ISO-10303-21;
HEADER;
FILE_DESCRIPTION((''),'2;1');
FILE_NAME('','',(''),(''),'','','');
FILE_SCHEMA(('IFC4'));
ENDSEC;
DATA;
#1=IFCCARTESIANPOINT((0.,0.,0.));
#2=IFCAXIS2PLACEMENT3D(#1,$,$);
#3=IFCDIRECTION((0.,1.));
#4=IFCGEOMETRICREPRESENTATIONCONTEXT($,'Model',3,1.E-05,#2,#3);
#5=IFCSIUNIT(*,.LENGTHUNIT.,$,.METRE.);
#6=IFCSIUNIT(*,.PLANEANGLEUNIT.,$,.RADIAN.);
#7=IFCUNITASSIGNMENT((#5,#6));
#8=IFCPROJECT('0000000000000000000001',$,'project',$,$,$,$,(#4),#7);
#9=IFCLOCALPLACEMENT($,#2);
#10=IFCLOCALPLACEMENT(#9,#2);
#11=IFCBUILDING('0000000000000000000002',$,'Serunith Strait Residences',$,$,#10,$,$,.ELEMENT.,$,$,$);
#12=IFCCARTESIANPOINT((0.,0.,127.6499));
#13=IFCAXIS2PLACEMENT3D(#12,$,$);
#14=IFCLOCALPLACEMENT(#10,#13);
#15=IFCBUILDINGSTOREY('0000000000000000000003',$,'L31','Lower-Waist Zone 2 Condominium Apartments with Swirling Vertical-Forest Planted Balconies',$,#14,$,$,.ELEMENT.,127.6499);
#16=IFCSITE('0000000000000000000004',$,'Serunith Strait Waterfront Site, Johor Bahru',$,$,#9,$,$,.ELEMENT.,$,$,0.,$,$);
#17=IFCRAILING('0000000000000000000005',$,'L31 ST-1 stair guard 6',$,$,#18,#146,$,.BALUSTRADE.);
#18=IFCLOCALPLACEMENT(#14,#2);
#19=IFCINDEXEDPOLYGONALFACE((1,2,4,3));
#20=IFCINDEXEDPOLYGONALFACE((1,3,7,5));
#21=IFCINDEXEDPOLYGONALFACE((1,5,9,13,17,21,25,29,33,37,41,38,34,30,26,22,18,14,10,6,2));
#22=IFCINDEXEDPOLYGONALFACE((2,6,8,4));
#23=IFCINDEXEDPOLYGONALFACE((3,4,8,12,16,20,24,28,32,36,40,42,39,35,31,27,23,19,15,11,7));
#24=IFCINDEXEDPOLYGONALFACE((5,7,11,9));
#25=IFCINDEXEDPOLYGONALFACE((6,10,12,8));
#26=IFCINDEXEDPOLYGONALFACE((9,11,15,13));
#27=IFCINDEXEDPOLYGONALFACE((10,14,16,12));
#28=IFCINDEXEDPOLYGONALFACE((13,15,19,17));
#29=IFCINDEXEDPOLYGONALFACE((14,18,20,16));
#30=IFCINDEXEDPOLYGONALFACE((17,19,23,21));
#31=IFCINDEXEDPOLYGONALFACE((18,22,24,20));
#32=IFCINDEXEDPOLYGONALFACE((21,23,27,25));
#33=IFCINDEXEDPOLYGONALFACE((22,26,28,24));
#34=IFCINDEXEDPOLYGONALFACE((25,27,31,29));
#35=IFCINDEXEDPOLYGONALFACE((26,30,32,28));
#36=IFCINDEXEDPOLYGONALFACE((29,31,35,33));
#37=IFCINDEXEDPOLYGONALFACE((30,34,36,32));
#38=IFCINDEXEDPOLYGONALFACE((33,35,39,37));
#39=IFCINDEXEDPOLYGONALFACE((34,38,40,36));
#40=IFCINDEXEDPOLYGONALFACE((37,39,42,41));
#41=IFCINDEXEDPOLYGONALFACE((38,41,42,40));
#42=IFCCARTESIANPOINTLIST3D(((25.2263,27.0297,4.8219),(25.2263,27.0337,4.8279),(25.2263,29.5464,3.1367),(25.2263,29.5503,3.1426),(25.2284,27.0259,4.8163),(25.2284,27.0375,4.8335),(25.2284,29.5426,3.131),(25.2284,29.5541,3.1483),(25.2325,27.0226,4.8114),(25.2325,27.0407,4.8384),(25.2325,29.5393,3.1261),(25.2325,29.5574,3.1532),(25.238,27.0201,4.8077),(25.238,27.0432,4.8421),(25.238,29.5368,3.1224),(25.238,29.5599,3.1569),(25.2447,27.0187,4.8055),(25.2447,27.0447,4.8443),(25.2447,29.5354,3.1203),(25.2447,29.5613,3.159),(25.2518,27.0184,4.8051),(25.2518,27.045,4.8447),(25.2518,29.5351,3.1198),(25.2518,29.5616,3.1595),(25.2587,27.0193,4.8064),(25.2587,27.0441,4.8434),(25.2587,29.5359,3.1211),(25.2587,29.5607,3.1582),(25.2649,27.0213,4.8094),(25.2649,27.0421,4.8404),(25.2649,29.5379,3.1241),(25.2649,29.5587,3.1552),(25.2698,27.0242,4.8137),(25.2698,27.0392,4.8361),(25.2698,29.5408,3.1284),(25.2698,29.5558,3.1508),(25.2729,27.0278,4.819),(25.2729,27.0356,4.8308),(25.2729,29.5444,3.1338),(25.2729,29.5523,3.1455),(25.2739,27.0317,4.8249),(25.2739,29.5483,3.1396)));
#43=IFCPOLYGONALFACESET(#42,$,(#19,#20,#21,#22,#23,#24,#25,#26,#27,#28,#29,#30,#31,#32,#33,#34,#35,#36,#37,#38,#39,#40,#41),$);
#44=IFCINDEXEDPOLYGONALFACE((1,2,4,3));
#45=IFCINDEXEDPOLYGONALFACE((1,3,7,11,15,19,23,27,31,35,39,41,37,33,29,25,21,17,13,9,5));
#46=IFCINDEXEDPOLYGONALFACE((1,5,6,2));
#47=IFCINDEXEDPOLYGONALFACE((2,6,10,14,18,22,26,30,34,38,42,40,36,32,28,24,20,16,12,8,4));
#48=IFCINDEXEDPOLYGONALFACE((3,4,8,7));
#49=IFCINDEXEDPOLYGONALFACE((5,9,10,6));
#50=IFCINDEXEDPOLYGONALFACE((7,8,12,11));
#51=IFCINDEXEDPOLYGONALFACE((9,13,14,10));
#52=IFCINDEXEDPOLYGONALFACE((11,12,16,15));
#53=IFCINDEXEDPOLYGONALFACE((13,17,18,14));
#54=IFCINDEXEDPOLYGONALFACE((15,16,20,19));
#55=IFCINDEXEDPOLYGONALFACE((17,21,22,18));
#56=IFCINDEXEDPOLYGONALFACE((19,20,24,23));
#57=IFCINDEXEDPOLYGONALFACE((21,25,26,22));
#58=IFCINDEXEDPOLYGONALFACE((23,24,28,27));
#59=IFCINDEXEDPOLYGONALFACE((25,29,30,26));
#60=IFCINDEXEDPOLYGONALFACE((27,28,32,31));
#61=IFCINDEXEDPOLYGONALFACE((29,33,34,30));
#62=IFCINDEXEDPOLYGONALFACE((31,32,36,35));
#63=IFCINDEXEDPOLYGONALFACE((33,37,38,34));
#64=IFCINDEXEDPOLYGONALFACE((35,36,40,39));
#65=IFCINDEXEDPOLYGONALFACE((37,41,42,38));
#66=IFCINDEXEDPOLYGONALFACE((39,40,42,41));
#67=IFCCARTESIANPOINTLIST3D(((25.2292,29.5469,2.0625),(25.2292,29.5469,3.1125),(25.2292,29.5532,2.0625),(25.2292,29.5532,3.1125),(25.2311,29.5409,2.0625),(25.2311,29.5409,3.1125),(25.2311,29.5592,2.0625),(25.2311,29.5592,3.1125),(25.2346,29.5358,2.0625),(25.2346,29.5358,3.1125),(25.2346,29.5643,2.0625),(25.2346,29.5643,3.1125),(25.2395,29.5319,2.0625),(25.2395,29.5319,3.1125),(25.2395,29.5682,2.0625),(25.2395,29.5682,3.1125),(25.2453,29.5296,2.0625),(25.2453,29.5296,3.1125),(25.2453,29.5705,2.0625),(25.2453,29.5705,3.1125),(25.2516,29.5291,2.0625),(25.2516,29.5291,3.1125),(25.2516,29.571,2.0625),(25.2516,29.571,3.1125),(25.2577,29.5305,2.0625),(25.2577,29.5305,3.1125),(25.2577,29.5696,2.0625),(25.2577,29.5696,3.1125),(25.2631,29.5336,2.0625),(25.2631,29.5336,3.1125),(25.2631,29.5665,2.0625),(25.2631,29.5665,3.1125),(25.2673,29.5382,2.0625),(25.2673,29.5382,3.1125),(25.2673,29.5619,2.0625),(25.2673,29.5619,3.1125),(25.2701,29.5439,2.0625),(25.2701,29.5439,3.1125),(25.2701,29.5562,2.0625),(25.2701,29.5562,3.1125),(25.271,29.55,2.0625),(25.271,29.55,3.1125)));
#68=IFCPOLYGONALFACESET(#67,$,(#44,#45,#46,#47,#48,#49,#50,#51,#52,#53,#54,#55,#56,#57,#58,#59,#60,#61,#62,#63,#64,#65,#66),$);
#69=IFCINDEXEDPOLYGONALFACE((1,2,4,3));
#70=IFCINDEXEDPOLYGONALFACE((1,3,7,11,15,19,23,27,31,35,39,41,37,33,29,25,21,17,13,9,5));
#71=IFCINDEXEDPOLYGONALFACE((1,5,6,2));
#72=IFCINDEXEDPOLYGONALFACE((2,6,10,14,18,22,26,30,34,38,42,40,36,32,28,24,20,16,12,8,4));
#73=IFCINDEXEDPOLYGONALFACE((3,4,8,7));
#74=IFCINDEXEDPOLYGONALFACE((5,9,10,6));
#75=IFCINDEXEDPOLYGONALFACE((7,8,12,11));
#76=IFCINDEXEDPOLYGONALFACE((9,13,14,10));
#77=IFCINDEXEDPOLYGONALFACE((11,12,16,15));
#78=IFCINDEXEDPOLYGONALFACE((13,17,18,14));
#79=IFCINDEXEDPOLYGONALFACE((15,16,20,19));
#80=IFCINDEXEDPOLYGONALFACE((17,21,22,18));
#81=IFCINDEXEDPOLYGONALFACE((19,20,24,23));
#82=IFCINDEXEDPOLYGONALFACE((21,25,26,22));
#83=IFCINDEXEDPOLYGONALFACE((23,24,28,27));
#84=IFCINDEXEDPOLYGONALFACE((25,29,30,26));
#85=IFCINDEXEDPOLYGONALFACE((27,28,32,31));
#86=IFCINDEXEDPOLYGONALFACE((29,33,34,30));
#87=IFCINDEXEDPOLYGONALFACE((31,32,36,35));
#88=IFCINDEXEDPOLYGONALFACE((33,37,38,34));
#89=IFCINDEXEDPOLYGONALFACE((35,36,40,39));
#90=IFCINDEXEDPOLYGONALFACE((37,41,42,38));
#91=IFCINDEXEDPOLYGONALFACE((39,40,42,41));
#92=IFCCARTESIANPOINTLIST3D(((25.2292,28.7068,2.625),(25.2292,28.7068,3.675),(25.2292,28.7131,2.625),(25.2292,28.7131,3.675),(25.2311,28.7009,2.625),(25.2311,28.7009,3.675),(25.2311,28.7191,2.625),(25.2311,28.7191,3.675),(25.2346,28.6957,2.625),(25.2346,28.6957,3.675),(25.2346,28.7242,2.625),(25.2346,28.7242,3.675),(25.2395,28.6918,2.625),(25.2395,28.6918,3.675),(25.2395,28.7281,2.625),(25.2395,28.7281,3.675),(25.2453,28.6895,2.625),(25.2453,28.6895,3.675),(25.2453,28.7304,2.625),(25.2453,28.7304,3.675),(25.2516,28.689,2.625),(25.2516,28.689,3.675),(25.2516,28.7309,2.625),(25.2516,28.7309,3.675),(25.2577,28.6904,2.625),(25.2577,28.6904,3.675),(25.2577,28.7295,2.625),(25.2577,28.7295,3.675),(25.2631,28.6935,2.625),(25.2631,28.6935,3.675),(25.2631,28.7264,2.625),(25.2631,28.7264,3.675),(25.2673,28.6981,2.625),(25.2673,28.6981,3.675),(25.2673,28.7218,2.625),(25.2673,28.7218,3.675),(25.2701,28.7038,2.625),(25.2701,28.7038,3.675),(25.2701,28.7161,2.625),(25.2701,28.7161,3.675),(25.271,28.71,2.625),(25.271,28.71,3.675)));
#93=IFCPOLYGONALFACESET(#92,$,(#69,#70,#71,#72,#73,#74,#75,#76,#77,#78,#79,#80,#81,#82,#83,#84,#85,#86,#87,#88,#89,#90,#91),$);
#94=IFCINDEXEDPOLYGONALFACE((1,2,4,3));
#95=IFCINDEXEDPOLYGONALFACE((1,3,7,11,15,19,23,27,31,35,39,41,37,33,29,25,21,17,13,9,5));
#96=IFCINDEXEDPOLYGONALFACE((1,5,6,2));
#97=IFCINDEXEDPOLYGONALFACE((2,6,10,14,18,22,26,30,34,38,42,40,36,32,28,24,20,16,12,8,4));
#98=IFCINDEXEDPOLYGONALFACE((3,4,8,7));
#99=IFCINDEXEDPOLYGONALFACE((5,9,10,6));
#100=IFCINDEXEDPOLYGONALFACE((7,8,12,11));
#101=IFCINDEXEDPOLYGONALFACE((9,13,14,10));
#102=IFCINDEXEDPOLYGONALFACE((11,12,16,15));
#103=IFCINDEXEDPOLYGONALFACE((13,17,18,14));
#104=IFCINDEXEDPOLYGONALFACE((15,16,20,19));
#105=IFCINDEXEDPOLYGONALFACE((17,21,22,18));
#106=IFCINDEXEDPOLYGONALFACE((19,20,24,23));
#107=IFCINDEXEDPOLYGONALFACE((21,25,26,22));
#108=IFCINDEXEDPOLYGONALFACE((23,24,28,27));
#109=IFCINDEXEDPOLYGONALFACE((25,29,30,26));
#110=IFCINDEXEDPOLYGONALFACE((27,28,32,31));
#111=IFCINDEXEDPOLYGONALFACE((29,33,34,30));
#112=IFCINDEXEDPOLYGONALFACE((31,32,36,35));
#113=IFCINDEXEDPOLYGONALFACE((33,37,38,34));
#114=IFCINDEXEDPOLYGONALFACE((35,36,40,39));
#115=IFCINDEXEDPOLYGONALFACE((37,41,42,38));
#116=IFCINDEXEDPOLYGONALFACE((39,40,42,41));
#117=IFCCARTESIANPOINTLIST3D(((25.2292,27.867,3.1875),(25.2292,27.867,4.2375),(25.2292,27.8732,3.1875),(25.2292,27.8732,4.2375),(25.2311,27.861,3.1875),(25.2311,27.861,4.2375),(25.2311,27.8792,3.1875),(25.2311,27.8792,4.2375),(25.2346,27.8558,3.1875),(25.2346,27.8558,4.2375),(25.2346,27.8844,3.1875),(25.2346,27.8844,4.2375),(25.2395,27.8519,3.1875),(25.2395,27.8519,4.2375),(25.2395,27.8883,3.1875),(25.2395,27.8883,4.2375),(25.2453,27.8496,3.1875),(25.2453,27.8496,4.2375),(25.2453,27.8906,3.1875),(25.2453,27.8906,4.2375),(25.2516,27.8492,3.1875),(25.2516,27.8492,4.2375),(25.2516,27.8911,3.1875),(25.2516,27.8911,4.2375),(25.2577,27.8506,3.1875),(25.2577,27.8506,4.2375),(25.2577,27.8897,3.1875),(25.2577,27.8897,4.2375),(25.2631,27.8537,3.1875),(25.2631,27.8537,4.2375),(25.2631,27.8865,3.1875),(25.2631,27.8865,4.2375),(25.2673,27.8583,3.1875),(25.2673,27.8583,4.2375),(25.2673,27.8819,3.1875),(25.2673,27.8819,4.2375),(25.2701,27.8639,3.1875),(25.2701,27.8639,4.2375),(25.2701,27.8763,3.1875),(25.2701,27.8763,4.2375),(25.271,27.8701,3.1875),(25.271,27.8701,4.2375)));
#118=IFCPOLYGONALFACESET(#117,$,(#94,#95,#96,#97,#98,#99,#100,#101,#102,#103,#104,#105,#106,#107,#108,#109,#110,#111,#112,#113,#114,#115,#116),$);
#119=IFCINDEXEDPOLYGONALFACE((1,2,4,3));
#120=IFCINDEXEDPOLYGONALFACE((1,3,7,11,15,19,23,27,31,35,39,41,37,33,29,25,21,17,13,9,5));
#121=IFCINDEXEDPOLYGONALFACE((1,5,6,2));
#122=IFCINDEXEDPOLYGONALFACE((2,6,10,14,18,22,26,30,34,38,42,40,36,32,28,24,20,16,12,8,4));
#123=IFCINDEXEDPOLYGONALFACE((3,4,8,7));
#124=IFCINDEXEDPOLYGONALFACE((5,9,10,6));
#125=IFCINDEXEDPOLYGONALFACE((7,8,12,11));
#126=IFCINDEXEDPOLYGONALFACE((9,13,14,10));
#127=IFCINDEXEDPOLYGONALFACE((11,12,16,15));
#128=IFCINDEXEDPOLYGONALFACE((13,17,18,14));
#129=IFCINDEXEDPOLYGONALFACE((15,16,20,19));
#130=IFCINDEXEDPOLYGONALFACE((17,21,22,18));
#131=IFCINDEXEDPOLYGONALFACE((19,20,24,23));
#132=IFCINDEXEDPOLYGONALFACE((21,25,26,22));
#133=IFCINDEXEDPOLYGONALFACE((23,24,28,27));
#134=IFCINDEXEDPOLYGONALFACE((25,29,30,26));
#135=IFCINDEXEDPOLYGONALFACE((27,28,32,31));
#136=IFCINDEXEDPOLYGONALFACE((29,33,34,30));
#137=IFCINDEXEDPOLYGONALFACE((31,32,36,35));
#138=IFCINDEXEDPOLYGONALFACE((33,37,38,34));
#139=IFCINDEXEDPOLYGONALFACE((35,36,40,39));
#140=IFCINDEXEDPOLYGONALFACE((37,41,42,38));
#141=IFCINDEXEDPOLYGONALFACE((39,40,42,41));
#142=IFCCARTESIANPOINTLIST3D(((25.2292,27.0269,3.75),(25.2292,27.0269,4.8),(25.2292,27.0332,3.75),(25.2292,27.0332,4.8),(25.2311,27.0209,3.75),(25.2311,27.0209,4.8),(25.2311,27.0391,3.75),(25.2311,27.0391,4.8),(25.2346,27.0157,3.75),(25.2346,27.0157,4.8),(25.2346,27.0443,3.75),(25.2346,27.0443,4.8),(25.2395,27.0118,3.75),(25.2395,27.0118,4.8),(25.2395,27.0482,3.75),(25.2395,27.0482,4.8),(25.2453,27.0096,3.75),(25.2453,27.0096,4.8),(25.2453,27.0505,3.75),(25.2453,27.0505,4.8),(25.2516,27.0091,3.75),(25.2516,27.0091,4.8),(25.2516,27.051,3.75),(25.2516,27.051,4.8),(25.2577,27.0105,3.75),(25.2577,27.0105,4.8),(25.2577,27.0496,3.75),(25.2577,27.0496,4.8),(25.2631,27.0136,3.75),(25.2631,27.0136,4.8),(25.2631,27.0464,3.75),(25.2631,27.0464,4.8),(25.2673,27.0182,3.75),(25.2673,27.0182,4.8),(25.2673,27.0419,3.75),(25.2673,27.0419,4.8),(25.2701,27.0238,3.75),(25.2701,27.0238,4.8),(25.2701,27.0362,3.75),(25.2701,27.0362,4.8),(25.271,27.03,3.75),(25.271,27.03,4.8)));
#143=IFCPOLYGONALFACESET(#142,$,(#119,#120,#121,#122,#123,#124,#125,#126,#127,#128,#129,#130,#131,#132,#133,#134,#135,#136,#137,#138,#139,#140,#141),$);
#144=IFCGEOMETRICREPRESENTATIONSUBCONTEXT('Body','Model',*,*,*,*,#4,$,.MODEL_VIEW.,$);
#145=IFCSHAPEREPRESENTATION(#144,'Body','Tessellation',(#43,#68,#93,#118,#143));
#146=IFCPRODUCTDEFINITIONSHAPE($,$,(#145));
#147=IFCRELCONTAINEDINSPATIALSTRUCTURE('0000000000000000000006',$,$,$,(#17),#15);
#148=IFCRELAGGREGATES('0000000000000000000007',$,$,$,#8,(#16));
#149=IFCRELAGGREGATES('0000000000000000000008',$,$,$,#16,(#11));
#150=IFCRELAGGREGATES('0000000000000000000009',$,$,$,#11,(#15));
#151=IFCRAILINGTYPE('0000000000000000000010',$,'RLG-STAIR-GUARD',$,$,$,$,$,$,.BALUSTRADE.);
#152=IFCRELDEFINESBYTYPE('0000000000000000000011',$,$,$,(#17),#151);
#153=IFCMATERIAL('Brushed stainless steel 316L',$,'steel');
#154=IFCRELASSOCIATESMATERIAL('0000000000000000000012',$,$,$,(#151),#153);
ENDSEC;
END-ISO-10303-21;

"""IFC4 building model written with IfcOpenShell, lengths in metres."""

from ifc_helpers import new_model, si_unit, direction, frame, origin, origin_2d, place, context, subcontext, project, spatial, circle, extrude, material, type_object, element, save


model = new_model("IFC4")

# Units and contexts
model_context = context("Model", 3, precision=1e-05, world=origin(), true_north=direction((0.0, 1.0)))
body_context = subcontext(model_context, "Body", "Model", "MODEL_VIEW")
ifc_project = project(units=[si_unit("LENGTHUNIT", "METRE"), si_unit("PLANEANGLEUNIT", "RADIAN")], contexts=[model_context])

# Site, building, storey
site_placement = place(None, origin())
site = spatial("IfcSite", under=ifc_project, at=site_placement, Name="Serunith Strait Waterfront Site, Johor Bahru", CompositionType="ELEMENT", RefElevation=0.0)
building_placement = place(site_placement, origin())
building = spatial("IfcBuilding", under=site, at=building_placement, Name="Serunith Strait Residences", CompositionType="ELEMENT")
storey_placement = place(building_placement, frame((0.0, 0.0, 127.6499)))
storey = spatial("IfcBuildingStorey", under=building, at=storey_placement, Name="L31", Description="Lower-Waist Zone 2 Condominium Apartments with Swirling Vertical-Forest Planted Balconies", CompositionType="ELEMENT", Elevation=127.6499)

# Railing
ifc_material_1 = material(Name="Brushed stainless steel 316L", Category="steel")
railing_type_1 = type_object("IfcRailingType", Name="RLG-STAIR-GUARD", PredefinedType="BALUSTRADE", material=ifc_material_1)
railing_1_placement = place(storey_placement, frame((25.25, 29.55, 2.0625)))
element("IfcRailing", 1, at=railing_1_placement, inside=storey, type_object=railing_type_1, Name="L31 ST-1 stair guard 6", PredefinedType="BALUSTRADE", context=body_context, shape_type="SweptSolid", body=[
    extrude(circle(Radius=0.0239, at=origin_2d()), frame((0.0, -0.0017, 1.0771), z_axis=(0.0, -0.830909, 0.556408), x_axis=(1.0, 0.0, 0.0)), (0.0, 0.0, 1.0), 3.0288),
    extrude(circle(Radius=0.021, at=origin_2d()), origin(), (0.0, 0.0, 1.0), 1.05),
    extrude(circle(Radius=0.021, at=origin_2d()), frame((0.0, -0.8401, 0.5625)), (0.0, 0.0, 1.0), 1.05),
    extrude(circle(Radius=0.021, at=origin_2d()), frame((0.0, -1.6799, 1.125)), (0.0, 0.0, 1.0), 1.05),
    extrude(circle(Radius=0.021, at=origin_2d()), frame((0.0, -2.52, 1.6875)), (0.0, 0.0, 1.0), 1.05),
])

save(model, "model.ifc")
